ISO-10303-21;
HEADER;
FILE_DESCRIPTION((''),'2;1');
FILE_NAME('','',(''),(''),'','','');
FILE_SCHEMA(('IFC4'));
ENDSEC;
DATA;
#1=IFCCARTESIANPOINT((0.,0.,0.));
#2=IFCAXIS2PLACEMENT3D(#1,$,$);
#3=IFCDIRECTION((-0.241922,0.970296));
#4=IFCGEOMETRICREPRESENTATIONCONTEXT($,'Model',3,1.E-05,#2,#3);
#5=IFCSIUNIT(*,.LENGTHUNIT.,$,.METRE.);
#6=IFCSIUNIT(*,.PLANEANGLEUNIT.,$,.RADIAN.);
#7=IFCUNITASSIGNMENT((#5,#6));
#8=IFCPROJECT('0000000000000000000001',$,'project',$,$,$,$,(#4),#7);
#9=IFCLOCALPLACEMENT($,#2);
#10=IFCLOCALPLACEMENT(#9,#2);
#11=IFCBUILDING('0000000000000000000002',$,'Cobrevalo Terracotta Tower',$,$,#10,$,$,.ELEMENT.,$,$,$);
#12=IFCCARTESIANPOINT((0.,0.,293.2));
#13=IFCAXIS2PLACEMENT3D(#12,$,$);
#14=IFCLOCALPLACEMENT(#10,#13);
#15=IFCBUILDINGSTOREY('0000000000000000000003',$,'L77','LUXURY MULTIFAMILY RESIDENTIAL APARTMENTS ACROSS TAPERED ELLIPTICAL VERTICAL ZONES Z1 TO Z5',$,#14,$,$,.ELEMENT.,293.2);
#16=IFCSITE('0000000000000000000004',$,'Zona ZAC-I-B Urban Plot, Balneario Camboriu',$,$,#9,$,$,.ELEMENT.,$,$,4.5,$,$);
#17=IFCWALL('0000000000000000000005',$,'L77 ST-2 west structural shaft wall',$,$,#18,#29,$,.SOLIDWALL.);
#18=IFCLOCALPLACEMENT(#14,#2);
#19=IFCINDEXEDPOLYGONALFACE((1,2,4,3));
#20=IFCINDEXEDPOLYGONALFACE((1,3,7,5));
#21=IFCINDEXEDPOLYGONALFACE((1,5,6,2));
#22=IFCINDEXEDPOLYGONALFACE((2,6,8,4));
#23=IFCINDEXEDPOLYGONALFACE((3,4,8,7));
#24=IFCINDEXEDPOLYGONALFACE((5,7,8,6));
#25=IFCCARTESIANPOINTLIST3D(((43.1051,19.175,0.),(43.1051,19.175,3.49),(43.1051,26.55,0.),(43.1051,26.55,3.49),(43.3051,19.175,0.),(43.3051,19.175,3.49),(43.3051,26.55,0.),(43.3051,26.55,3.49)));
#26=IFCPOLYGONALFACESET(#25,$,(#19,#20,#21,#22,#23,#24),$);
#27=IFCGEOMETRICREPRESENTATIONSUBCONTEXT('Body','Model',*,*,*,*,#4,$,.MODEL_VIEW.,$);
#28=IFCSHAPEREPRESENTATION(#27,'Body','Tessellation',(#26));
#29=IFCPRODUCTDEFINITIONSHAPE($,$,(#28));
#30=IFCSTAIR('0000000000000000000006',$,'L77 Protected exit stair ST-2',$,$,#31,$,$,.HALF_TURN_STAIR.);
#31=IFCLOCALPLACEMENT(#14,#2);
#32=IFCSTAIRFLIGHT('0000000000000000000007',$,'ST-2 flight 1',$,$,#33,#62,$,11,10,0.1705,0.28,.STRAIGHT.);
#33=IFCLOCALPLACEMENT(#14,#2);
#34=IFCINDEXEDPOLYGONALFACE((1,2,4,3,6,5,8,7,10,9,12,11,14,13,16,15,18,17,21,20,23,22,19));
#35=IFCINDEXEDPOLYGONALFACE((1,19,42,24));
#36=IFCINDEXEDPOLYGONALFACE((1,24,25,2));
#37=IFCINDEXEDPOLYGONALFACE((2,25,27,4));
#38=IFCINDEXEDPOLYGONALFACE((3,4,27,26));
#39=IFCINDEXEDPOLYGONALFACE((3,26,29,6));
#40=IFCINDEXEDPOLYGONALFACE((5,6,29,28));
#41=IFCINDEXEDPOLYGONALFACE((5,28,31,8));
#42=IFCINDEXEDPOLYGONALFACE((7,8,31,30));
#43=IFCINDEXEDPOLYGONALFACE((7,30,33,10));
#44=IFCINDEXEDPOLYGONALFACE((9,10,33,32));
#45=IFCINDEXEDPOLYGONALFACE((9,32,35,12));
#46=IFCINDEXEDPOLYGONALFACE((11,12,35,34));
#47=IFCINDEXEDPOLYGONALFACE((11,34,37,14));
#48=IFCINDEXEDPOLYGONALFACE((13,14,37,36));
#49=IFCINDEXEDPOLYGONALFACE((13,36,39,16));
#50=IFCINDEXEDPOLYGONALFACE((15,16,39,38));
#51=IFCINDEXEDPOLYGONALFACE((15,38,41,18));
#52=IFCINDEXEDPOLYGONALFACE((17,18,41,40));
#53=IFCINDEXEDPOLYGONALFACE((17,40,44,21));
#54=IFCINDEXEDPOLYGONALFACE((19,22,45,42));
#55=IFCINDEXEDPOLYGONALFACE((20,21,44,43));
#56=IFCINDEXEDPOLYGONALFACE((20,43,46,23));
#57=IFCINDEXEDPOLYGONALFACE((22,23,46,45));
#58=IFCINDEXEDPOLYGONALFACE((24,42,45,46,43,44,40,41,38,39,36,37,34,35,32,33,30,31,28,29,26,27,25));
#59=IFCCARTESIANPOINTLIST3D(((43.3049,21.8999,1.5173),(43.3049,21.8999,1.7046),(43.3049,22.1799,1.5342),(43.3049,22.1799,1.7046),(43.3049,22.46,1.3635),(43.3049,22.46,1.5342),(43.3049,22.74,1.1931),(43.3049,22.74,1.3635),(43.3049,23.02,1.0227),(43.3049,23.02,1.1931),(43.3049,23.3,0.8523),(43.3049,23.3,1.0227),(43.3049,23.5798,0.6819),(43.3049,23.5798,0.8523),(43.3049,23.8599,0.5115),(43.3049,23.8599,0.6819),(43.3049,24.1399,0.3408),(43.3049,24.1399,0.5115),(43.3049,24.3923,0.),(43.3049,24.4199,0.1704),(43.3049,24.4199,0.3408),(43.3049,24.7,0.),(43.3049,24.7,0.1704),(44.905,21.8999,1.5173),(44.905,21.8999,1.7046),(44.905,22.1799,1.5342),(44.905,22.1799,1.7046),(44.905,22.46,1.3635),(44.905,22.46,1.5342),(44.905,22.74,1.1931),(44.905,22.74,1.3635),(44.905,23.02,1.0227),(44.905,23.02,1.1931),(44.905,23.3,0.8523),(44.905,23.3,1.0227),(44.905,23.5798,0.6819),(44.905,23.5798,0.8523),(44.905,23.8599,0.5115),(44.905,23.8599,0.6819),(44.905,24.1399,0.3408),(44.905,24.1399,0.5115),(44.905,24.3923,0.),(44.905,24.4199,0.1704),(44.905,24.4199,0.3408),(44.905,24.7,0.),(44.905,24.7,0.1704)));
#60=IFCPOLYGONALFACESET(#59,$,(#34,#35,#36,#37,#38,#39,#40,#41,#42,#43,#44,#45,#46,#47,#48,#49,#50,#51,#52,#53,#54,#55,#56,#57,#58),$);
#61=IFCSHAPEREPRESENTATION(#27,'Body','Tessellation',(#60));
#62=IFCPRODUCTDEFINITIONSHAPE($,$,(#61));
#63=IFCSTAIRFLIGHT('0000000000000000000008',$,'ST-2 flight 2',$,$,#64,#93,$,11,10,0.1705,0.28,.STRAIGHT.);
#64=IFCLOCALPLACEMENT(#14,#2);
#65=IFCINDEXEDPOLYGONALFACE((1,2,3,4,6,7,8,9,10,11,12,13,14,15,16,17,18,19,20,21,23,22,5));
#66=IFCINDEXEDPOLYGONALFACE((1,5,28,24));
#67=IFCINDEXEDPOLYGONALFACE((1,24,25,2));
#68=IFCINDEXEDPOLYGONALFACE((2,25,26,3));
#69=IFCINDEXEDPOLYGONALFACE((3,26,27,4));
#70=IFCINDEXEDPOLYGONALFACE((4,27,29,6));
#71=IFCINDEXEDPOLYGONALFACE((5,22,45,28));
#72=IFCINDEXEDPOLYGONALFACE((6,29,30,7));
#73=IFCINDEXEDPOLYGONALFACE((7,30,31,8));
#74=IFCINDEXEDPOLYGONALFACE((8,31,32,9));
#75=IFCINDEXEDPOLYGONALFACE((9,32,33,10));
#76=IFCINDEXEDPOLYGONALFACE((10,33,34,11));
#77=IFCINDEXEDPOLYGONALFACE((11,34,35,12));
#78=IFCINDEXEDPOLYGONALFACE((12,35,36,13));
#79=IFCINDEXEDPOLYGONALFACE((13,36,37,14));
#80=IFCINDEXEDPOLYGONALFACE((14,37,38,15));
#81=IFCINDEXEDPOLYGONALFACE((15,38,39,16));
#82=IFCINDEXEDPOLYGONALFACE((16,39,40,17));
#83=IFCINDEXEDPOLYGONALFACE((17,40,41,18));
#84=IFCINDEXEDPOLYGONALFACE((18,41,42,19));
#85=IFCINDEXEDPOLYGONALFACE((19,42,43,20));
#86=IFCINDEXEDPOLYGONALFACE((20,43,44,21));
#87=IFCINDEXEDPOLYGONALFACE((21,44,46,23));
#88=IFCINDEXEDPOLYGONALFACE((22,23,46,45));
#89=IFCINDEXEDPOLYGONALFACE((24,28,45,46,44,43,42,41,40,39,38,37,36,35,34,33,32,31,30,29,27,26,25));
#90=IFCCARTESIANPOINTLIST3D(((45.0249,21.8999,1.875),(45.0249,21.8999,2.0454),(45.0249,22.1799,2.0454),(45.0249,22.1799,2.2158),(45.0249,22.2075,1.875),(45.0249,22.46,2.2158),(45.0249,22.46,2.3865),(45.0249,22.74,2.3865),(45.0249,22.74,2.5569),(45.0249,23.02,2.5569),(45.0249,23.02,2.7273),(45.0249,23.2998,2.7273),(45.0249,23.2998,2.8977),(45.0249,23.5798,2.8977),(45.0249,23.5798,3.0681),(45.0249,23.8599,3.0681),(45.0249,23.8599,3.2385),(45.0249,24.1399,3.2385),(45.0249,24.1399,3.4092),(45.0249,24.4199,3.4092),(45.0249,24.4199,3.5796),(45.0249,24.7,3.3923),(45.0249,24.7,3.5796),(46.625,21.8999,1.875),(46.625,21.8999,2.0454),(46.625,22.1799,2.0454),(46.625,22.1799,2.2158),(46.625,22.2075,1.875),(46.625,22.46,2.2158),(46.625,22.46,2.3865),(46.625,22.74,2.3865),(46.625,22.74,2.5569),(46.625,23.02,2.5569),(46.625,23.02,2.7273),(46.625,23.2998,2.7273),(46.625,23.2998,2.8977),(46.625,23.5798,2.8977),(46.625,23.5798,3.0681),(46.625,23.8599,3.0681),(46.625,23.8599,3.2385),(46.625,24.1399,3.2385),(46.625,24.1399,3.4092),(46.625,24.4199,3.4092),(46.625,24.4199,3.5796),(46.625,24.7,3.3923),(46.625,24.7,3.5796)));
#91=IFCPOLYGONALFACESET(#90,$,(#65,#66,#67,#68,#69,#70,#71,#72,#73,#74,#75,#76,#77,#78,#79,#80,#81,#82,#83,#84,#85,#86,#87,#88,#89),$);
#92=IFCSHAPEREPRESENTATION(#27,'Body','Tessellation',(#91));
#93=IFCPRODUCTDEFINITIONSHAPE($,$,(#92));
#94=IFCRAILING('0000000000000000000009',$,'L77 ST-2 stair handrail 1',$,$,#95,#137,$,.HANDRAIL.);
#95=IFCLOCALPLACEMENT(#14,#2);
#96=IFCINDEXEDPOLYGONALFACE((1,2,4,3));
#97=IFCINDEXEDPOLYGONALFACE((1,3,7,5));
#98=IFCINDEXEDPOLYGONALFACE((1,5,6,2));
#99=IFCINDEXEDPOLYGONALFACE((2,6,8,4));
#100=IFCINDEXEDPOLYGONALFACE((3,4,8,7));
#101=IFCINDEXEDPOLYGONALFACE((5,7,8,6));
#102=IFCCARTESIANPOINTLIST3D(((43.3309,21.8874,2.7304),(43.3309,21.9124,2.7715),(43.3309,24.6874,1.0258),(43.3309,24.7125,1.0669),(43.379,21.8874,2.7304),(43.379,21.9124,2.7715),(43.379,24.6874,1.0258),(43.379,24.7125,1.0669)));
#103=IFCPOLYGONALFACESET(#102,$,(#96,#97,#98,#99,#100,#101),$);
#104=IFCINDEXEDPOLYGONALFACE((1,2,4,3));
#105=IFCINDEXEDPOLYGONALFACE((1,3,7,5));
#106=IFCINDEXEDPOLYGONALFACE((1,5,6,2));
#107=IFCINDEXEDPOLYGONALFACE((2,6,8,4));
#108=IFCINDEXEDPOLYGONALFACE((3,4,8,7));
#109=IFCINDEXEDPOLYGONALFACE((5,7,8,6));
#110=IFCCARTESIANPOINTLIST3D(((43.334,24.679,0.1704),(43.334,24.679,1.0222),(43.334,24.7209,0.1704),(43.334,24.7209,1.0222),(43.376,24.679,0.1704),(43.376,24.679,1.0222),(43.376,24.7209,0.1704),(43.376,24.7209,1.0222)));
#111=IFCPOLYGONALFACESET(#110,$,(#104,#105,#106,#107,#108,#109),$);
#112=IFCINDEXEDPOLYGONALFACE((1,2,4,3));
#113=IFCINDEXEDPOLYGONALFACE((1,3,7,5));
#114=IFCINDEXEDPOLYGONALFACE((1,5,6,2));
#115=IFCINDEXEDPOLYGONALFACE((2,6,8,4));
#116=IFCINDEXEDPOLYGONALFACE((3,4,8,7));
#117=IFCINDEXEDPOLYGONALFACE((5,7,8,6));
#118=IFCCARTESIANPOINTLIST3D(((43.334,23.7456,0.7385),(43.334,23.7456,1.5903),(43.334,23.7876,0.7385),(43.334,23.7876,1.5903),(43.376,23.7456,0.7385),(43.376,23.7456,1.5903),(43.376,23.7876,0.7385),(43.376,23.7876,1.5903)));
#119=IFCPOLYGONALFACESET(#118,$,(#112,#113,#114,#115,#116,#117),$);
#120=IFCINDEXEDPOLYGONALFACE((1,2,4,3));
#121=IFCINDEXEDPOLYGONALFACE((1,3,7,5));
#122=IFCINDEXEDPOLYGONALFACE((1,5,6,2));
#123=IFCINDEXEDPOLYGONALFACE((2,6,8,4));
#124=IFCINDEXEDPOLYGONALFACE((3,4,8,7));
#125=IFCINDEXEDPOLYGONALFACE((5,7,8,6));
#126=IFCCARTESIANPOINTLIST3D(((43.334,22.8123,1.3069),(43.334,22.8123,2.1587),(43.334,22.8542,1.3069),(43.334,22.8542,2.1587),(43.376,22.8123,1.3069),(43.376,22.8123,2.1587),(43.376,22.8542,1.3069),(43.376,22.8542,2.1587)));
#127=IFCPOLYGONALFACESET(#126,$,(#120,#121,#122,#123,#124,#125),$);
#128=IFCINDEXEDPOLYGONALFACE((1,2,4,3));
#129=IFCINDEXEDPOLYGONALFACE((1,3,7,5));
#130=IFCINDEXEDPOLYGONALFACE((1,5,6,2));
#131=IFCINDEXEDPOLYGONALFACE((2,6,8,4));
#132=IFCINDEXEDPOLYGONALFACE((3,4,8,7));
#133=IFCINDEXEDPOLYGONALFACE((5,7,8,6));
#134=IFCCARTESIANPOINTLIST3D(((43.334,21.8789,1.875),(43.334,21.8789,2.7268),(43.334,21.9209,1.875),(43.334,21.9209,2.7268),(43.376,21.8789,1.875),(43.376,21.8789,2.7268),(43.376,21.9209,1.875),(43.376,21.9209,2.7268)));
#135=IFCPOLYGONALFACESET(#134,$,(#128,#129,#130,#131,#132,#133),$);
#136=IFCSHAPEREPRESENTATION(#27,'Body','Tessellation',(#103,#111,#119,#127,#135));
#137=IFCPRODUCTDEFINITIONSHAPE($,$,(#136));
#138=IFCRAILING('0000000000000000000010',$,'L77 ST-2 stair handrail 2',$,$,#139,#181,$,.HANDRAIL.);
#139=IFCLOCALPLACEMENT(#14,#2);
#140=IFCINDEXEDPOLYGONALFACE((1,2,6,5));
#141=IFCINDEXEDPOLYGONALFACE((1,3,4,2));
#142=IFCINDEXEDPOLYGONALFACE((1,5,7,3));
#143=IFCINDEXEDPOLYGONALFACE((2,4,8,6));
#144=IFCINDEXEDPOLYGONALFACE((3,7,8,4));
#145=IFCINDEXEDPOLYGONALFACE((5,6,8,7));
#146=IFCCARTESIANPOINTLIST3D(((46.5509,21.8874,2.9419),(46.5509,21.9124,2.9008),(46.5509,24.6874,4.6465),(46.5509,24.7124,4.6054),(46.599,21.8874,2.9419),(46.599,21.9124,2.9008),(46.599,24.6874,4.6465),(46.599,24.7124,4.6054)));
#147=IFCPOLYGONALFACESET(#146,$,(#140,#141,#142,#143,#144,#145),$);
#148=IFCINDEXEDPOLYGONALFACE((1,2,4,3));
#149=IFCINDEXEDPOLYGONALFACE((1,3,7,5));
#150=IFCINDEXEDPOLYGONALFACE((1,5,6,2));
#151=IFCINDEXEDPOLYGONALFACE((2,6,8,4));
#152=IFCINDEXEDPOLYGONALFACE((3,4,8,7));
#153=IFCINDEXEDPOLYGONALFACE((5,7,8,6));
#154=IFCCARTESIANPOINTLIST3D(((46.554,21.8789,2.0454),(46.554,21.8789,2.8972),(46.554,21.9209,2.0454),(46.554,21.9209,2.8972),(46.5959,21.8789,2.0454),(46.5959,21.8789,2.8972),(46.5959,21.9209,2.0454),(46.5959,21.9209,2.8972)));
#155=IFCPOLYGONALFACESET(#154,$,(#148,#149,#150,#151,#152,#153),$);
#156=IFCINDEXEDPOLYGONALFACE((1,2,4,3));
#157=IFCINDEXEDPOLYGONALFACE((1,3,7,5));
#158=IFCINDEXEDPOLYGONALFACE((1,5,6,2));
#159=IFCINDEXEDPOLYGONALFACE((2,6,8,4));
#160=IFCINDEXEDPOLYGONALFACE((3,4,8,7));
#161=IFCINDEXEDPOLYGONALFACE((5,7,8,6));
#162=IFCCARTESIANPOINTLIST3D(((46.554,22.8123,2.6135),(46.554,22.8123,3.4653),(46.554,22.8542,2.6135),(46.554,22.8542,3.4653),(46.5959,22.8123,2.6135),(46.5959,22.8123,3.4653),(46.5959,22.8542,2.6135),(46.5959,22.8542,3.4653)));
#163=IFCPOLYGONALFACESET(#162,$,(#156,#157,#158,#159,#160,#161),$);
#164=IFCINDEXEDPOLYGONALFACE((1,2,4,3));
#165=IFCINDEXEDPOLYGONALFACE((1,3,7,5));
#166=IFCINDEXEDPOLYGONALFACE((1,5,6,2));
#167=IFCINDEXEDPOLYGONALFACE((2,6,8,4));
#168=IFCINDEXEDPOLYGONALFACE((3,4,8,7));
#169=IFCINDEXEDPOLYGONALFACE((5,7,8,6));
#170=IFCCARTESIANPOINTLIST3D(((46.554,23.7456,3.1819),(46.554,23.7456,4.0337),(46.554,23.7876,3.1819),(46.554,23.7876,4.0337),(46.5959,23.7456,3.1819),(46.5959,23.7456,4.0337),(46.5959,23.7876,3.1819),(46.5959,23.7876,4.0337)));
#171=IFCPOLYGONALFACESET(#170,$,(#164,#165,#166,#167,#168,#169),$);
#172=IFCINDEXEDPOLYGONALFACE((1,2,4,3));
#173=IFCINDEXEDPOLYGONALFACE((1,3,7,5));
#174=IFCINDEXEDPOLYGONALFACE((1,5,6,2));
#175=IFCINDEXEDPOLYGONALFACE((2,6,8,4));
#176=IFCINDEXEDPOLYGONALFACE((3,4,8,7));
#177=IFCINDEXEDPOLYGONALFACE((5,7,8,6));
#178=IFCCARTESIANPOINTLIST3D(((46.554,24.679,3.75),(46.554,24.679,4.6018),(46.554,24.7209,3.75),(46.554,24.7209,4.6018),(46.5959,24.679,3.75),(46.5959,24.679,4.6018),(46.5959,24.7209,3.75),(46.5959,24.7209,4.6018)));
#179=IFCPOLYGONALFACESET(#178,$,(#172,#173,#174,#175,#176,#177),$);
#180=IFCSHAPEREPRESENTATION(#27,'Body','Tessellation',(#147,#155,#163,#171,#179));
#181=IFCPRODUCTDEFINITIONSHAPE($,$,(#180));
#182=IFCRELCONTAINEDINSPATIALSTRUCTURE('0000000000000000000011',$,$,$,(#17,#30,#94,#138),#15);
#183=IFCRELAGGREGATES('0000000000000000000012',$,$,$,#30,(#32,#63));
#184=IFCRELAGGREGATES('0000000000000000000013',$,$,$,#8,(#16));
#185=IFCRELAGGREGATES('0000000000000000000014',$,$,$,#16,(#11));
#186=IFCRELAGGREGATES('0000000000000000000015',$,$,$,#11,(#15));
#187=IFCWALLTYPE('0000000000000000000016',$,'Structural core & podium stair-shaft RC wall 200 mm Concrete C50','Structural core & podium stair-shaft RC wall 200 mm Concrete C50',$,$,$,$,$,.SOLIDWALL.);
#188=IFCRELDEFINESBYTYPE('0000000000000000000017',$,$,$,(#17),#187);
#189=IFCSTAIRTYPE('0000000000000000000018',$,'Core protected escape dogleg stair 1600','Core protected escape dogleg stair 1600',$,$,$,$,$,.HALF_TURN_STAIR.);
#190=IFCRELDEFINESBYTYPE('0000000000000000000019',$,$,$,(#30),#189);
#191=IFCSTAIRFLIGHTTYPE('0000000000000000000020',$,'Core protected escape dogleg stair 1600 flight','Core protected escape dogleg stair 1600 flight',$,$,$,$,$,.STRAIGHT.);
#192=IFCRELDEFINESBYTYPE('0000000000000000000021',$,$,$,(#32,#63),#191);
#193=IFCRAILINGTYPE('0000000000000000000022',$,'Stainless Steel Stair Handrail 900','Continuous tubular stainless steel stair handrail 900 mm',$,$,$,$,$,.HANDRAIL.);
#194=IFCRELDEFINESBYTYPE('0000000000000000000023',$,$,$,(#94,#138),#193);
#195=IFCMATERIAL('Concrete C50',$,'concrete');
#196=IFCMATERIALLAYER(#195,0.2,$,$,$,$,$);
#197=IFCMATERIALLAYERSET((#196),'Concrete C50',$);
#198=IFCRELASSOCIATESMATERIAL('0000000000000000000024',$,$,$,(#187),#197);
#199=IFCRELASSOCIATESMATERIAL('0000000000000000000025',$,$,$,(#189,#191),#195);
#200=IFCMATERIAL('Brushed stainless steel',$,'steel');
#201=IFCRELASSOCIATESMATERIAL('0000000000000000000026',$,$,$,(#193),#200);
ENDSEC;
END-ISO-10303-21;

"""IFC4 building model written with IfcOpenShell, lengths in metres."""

from ifc_helpers import new_model, si_unit, direction, frame, frame_2d, origin, origin_2d, place, context, subcontext, project, spatial, polyline, rectangle, outline, extrude, material, layer, layer_set, type_object, element, aggregate, save


model = new_model("IFC4")

# Units and contexts
model_context = context("Model", 3, precision=1e-05, world=origin(), true_north=direction((-0.241922, 0.970296)))
body_context = subcontext(model_context, "Body", "Model", "MODEL_VIEW")
ifc_project = project(units=[si_unit("LENGTHUNIT", "METRE"), si_unit("PLANEANGLEUNIT", "RADIAN")], contexts=[model_context])

# Site, building, storey
site_placement = place(None, origin())
site = spatial("IfcSite", under=ifc_project, at=site_placement, Name="Zona ZAC-I-B Urban Plot, Balneario Camboriu", CompositionType="ELEMENT", RefElevation=4.5)
building_placement = place(site_placement, origin())
building = spatial("IfcBuilding", under=site, at=building_placement, Name="Cobrevalo Terracotta Tower", CompositionType="ELEMENT")
storey_placement = place(building_placement, frame((0.0, 0.0, 293.2)))
storey = spatial("IfcBuildingStorey", under=building, at=storey_placement, Name="L77", Description="LUXURY MULTIFAMILY RESIDENTIAL APARTMENTS ACROSS TAPERED ELLIPTICAL VERTICAL ZONES Z1 TO Z5", CompositionType="ELEMENT", Elevation=293.2)

# Shared definitions
ifc_material_1 = material(Name="Concrete C50", Category="concrete")

# Wall
ifc_layer_1 = layer(ifc_material_1, 0.2)
ifc_layer_set_1 = layer_set([ifc_layer_1], Name="Concrete C50")
wall_type_1 = type_object("IfcWallType", Name="Structural core & podium stair-shaft RC wall 200 mm Concrete C50", Description="Structural core & podium stair-shaft RC wall 200 mm Concrete C50", PredefinedType="SOLIDWALL", material=ifc_layer_set_1)
wall_1_placement = place(storey_placement, frame((43.2051, 19.175, 0.0), z_axis=(0.0, 0.0, 1.0), x_axis=(0.0, 1.0, 0.0)))
element("IfcWall", 1, at=wall_1_placement, inside=storey, type_object=wall_type_1, Name="L77 ST-2 west structural shaft wall", PredefinedType="SOLIDWALL", context=body_context, shape_type="SweptSolid", body=[
    extrude(rectangle(XDim=7.375, YDim=0.2, at=frame_2d((3.6875, 0.0))), origin(), (0.0, 0.0, 1.0), 3.49),
])

# Stair, stair flights
stair_type = type_object("IfcStairType", Name="Core protected escape dogleg stair 1600", Description="Core protected escape dogleg stair 1600", PredefinedType="HALF_TURN_STAIR", material=ifc_material_1)
stair_placement = place(storey_placement, origin())
stair = element("IfcStair", 2, at=stair_placement, inside=storey, type_object=stair_type, Name="L77 Protected exit stair ST-2", PredefinedType="HALF_TURN_STAIR")
stair_flight_type = type_object("IfcStairFlightType", Name="Core protected escape dogleg stair 1600 flight", Description="Core protected escape dogleg stair 1600 flight", PredefinedType="STRAIGHT", material=ifc_material_1)
stair_flight_1_placement = place(storey_placement, frame((44.105, 24.7, 0.0), z_axis=(0.0, 0.0, 1.0), x_axis=(0.0, -1.0, 0.0)))
stair_flight_1 = element("IfcStairFlight", 3, at=stair_flight_1_placement, type_object=stair_flight_type, Name="ST-2 flight 1", NumberOfRisers=11, NumberOfTreads=10, PredefinedType="STRAIGHT", RiserHeight=0.1705, TreadLength=0.28, context=body_context, shape_type="SweptSolid", body=[
    extrude(outline(polyline([(0.0, 0.0), (0.0, 0.1704), (0.28, 0.1704), (0.28, 0.3408), (0.5601, 0.3408), (0.5601, 0.5115), (0.8401, 0.5115), (0.8401, 0.6819), (1.1201, 0.6819), (1.1201, 0.8523), (1.3999, 0.8523), (1.3999, 1.0227), (1.6799, 1.0227), (1.6799, 1.1931), (1.96, 1.1931), (1.96, 1.3635), (2.24, 1.3635), (2.24, 1.5342), (2.52, 1.5342), (2.52, 1.7046), (2.8, 1.7046), (2.8, 1.875), (2.8, 1.5173), (0.3076, 0.0), (0.0, 0.0)])), frame((0.0, 0.8, 0.0), z_axis=(0.0, -1.0, 0.0), x_axis=(1.0, 0.0, 0.0)), (0.0, 0.0, 1.0), 1.6001),
])
stair_flight_2_placement = place(storey_placement, frame((45.825, 21.8999, 1.875), z_axis=(0.0, 0.0, 1.0), x_axis=(0.0, 1.0, 0.0)))
stair_flight_2 = element("IfcStairFlight", 4, at=stair_flight_2_placement, type_object=stair_flight_type, Name="ST-2 flight 2", NumberOfRisers=11, NumberOfTreads=10, PredefinedType="STRAIGHT", RiserHeight=0.1705, TreadLength=0.28, context=body_context, shape_type="SweptSolid", body=[
    extrude(outline(polyline([(0.0, 0.0), (0.0, 0.1704), (0.28, 0.1704), (0.28, 0.3408), (0.5601, 0.3408), (0.5601, 0.5115), (0.8401, 0.5115), (0.8401, 0.6819), (1.1201, 0.6819), (1.1201, 0.8523), (1.3999, 0.8523), (1.3999, 1.0227), (1.6799, 1.0227), (1.6799, 1.1931), (1.96, 1.1931), (1.96, 1.3635), (2.24, 1.3635), (2.24, 1.5342), (2.52, 1.5342), (2.52, 1.7046), (2.8, 1.7046), (2.8, 1.875), (2.8, 1.5173), (0.3076, 0.0), (0.0, 0.0)])), frame((0.0, 0.8, 0.0), z_axis=(0.0, -1.0, 0.0), x_axis=(1.0, 0.0, 0.0)), (0.0, 0.0, 1.0), 1.6001),
])
aggregate(stair, [stair_flight_1, stair_flight_2])

# Railings
ifc_material_2 = material(Name="Brushed stainless steel", Category="steel")
railing_type_1 = type_object("IfcRailingType", Name="Stainless Steel Stair Handrail 900", Description="Continuous tubular stainless steel stair handrail 900 mm", PredefinedType="HANDRAIL", material=ifc_material_2)
railing_1_placement = place(storey_placement, frame((43.355, 24.7, 0.1704)))
element("IfcRailing", 5, at=railing_1_placement, inside=storey, type_object=railing_type_1, Name="L77 ST-2 stair handrail 1", PredefinedType="HANDRAIL", context=body_context, shape_type="SweptSolid", body=[
    extrude(rectangle(XDim=0.0481, YDim=0.0481, at=origin_2d()), frame((0.0, 0.0, 0.876), z_axis=(0.0, -0.85417, 0.519994), x_axis=(1.0, 0.0, 0.0)), (0.0, 0.0, 1.0), 3.2781),
    extrude(rectangle(XDim=0.042, YDim=0.042, at=origin_2d()), origin(), (0.0, 0.0, 1.0), 0.8518),
    extrude(rectangle(XDim=0.042, YDim=0.042, at=origin_2d()), frame((0.0, -0.9333, 0.5681)), (0.0, 0.0, 1.0), 0.8518),
    extrude(rectangle(XDim=0.042, YDim=0.042, at=origin_2d()), frame((0.0, -1.8667, 1.1365)), (0.0, 0.0, 1.0), 0.8518),
    extrude(rectangle(XDim=0.042, YDim=0.042, at=origin_2d()), frame((0.0, -2.8, 1.7046)), (0.0, 0.0, 1.0), 0.8518),
])
railing_2_placement = place(storey_placement, frame((46.575, 21.8999, 2.0454)))
element("IfcRailing", 6, at=railing_2_placement, inside=storey, type_object=railing_type_1, Name="L77 ST-2 stair handrail 2", PredefinedType="HANDRAIL", context=body_context, shape_type="SweptSolid", body=[
    extrude(rectangle(XDim=0.0481, YDim=0.0481, at=origin_2d()), frame((0.0, 0.0, 0.876), z_axis=(0.0, 0.85417, 0.519994), x_axis=(-1.0, 0.0, 0.0)), (0.0, 0.0, 1.0), 3.2781),
    extrude(rectangle(XDim=0.042, YDim=0.042, at=origin_2d()), origin(), (0.0, 0.0, 1.0), 0.8518),
    extrude(rectangle(XDim=0.042, YDim=0.042, at=origin_2d()), frame((0.0, 0.9333, 0.5681)), (0.0, 0.0, 1.0), 0.8518),
    extrude(rectangle(XDim=0.042, YDim=0.042, at=origin_2d()), frame((0.0, 1.8667, 1.1365)), (0.0, 0.0, 1.0), 0.8518),
    extrude(rectangle(XDim=0.042, YDim=0.042, at=origin_2d()), frame((0.0, 2.8, 1.7046)), (0.0, 0.0, 1.0), 0.8518),
])

save(model, "model.ifc")
